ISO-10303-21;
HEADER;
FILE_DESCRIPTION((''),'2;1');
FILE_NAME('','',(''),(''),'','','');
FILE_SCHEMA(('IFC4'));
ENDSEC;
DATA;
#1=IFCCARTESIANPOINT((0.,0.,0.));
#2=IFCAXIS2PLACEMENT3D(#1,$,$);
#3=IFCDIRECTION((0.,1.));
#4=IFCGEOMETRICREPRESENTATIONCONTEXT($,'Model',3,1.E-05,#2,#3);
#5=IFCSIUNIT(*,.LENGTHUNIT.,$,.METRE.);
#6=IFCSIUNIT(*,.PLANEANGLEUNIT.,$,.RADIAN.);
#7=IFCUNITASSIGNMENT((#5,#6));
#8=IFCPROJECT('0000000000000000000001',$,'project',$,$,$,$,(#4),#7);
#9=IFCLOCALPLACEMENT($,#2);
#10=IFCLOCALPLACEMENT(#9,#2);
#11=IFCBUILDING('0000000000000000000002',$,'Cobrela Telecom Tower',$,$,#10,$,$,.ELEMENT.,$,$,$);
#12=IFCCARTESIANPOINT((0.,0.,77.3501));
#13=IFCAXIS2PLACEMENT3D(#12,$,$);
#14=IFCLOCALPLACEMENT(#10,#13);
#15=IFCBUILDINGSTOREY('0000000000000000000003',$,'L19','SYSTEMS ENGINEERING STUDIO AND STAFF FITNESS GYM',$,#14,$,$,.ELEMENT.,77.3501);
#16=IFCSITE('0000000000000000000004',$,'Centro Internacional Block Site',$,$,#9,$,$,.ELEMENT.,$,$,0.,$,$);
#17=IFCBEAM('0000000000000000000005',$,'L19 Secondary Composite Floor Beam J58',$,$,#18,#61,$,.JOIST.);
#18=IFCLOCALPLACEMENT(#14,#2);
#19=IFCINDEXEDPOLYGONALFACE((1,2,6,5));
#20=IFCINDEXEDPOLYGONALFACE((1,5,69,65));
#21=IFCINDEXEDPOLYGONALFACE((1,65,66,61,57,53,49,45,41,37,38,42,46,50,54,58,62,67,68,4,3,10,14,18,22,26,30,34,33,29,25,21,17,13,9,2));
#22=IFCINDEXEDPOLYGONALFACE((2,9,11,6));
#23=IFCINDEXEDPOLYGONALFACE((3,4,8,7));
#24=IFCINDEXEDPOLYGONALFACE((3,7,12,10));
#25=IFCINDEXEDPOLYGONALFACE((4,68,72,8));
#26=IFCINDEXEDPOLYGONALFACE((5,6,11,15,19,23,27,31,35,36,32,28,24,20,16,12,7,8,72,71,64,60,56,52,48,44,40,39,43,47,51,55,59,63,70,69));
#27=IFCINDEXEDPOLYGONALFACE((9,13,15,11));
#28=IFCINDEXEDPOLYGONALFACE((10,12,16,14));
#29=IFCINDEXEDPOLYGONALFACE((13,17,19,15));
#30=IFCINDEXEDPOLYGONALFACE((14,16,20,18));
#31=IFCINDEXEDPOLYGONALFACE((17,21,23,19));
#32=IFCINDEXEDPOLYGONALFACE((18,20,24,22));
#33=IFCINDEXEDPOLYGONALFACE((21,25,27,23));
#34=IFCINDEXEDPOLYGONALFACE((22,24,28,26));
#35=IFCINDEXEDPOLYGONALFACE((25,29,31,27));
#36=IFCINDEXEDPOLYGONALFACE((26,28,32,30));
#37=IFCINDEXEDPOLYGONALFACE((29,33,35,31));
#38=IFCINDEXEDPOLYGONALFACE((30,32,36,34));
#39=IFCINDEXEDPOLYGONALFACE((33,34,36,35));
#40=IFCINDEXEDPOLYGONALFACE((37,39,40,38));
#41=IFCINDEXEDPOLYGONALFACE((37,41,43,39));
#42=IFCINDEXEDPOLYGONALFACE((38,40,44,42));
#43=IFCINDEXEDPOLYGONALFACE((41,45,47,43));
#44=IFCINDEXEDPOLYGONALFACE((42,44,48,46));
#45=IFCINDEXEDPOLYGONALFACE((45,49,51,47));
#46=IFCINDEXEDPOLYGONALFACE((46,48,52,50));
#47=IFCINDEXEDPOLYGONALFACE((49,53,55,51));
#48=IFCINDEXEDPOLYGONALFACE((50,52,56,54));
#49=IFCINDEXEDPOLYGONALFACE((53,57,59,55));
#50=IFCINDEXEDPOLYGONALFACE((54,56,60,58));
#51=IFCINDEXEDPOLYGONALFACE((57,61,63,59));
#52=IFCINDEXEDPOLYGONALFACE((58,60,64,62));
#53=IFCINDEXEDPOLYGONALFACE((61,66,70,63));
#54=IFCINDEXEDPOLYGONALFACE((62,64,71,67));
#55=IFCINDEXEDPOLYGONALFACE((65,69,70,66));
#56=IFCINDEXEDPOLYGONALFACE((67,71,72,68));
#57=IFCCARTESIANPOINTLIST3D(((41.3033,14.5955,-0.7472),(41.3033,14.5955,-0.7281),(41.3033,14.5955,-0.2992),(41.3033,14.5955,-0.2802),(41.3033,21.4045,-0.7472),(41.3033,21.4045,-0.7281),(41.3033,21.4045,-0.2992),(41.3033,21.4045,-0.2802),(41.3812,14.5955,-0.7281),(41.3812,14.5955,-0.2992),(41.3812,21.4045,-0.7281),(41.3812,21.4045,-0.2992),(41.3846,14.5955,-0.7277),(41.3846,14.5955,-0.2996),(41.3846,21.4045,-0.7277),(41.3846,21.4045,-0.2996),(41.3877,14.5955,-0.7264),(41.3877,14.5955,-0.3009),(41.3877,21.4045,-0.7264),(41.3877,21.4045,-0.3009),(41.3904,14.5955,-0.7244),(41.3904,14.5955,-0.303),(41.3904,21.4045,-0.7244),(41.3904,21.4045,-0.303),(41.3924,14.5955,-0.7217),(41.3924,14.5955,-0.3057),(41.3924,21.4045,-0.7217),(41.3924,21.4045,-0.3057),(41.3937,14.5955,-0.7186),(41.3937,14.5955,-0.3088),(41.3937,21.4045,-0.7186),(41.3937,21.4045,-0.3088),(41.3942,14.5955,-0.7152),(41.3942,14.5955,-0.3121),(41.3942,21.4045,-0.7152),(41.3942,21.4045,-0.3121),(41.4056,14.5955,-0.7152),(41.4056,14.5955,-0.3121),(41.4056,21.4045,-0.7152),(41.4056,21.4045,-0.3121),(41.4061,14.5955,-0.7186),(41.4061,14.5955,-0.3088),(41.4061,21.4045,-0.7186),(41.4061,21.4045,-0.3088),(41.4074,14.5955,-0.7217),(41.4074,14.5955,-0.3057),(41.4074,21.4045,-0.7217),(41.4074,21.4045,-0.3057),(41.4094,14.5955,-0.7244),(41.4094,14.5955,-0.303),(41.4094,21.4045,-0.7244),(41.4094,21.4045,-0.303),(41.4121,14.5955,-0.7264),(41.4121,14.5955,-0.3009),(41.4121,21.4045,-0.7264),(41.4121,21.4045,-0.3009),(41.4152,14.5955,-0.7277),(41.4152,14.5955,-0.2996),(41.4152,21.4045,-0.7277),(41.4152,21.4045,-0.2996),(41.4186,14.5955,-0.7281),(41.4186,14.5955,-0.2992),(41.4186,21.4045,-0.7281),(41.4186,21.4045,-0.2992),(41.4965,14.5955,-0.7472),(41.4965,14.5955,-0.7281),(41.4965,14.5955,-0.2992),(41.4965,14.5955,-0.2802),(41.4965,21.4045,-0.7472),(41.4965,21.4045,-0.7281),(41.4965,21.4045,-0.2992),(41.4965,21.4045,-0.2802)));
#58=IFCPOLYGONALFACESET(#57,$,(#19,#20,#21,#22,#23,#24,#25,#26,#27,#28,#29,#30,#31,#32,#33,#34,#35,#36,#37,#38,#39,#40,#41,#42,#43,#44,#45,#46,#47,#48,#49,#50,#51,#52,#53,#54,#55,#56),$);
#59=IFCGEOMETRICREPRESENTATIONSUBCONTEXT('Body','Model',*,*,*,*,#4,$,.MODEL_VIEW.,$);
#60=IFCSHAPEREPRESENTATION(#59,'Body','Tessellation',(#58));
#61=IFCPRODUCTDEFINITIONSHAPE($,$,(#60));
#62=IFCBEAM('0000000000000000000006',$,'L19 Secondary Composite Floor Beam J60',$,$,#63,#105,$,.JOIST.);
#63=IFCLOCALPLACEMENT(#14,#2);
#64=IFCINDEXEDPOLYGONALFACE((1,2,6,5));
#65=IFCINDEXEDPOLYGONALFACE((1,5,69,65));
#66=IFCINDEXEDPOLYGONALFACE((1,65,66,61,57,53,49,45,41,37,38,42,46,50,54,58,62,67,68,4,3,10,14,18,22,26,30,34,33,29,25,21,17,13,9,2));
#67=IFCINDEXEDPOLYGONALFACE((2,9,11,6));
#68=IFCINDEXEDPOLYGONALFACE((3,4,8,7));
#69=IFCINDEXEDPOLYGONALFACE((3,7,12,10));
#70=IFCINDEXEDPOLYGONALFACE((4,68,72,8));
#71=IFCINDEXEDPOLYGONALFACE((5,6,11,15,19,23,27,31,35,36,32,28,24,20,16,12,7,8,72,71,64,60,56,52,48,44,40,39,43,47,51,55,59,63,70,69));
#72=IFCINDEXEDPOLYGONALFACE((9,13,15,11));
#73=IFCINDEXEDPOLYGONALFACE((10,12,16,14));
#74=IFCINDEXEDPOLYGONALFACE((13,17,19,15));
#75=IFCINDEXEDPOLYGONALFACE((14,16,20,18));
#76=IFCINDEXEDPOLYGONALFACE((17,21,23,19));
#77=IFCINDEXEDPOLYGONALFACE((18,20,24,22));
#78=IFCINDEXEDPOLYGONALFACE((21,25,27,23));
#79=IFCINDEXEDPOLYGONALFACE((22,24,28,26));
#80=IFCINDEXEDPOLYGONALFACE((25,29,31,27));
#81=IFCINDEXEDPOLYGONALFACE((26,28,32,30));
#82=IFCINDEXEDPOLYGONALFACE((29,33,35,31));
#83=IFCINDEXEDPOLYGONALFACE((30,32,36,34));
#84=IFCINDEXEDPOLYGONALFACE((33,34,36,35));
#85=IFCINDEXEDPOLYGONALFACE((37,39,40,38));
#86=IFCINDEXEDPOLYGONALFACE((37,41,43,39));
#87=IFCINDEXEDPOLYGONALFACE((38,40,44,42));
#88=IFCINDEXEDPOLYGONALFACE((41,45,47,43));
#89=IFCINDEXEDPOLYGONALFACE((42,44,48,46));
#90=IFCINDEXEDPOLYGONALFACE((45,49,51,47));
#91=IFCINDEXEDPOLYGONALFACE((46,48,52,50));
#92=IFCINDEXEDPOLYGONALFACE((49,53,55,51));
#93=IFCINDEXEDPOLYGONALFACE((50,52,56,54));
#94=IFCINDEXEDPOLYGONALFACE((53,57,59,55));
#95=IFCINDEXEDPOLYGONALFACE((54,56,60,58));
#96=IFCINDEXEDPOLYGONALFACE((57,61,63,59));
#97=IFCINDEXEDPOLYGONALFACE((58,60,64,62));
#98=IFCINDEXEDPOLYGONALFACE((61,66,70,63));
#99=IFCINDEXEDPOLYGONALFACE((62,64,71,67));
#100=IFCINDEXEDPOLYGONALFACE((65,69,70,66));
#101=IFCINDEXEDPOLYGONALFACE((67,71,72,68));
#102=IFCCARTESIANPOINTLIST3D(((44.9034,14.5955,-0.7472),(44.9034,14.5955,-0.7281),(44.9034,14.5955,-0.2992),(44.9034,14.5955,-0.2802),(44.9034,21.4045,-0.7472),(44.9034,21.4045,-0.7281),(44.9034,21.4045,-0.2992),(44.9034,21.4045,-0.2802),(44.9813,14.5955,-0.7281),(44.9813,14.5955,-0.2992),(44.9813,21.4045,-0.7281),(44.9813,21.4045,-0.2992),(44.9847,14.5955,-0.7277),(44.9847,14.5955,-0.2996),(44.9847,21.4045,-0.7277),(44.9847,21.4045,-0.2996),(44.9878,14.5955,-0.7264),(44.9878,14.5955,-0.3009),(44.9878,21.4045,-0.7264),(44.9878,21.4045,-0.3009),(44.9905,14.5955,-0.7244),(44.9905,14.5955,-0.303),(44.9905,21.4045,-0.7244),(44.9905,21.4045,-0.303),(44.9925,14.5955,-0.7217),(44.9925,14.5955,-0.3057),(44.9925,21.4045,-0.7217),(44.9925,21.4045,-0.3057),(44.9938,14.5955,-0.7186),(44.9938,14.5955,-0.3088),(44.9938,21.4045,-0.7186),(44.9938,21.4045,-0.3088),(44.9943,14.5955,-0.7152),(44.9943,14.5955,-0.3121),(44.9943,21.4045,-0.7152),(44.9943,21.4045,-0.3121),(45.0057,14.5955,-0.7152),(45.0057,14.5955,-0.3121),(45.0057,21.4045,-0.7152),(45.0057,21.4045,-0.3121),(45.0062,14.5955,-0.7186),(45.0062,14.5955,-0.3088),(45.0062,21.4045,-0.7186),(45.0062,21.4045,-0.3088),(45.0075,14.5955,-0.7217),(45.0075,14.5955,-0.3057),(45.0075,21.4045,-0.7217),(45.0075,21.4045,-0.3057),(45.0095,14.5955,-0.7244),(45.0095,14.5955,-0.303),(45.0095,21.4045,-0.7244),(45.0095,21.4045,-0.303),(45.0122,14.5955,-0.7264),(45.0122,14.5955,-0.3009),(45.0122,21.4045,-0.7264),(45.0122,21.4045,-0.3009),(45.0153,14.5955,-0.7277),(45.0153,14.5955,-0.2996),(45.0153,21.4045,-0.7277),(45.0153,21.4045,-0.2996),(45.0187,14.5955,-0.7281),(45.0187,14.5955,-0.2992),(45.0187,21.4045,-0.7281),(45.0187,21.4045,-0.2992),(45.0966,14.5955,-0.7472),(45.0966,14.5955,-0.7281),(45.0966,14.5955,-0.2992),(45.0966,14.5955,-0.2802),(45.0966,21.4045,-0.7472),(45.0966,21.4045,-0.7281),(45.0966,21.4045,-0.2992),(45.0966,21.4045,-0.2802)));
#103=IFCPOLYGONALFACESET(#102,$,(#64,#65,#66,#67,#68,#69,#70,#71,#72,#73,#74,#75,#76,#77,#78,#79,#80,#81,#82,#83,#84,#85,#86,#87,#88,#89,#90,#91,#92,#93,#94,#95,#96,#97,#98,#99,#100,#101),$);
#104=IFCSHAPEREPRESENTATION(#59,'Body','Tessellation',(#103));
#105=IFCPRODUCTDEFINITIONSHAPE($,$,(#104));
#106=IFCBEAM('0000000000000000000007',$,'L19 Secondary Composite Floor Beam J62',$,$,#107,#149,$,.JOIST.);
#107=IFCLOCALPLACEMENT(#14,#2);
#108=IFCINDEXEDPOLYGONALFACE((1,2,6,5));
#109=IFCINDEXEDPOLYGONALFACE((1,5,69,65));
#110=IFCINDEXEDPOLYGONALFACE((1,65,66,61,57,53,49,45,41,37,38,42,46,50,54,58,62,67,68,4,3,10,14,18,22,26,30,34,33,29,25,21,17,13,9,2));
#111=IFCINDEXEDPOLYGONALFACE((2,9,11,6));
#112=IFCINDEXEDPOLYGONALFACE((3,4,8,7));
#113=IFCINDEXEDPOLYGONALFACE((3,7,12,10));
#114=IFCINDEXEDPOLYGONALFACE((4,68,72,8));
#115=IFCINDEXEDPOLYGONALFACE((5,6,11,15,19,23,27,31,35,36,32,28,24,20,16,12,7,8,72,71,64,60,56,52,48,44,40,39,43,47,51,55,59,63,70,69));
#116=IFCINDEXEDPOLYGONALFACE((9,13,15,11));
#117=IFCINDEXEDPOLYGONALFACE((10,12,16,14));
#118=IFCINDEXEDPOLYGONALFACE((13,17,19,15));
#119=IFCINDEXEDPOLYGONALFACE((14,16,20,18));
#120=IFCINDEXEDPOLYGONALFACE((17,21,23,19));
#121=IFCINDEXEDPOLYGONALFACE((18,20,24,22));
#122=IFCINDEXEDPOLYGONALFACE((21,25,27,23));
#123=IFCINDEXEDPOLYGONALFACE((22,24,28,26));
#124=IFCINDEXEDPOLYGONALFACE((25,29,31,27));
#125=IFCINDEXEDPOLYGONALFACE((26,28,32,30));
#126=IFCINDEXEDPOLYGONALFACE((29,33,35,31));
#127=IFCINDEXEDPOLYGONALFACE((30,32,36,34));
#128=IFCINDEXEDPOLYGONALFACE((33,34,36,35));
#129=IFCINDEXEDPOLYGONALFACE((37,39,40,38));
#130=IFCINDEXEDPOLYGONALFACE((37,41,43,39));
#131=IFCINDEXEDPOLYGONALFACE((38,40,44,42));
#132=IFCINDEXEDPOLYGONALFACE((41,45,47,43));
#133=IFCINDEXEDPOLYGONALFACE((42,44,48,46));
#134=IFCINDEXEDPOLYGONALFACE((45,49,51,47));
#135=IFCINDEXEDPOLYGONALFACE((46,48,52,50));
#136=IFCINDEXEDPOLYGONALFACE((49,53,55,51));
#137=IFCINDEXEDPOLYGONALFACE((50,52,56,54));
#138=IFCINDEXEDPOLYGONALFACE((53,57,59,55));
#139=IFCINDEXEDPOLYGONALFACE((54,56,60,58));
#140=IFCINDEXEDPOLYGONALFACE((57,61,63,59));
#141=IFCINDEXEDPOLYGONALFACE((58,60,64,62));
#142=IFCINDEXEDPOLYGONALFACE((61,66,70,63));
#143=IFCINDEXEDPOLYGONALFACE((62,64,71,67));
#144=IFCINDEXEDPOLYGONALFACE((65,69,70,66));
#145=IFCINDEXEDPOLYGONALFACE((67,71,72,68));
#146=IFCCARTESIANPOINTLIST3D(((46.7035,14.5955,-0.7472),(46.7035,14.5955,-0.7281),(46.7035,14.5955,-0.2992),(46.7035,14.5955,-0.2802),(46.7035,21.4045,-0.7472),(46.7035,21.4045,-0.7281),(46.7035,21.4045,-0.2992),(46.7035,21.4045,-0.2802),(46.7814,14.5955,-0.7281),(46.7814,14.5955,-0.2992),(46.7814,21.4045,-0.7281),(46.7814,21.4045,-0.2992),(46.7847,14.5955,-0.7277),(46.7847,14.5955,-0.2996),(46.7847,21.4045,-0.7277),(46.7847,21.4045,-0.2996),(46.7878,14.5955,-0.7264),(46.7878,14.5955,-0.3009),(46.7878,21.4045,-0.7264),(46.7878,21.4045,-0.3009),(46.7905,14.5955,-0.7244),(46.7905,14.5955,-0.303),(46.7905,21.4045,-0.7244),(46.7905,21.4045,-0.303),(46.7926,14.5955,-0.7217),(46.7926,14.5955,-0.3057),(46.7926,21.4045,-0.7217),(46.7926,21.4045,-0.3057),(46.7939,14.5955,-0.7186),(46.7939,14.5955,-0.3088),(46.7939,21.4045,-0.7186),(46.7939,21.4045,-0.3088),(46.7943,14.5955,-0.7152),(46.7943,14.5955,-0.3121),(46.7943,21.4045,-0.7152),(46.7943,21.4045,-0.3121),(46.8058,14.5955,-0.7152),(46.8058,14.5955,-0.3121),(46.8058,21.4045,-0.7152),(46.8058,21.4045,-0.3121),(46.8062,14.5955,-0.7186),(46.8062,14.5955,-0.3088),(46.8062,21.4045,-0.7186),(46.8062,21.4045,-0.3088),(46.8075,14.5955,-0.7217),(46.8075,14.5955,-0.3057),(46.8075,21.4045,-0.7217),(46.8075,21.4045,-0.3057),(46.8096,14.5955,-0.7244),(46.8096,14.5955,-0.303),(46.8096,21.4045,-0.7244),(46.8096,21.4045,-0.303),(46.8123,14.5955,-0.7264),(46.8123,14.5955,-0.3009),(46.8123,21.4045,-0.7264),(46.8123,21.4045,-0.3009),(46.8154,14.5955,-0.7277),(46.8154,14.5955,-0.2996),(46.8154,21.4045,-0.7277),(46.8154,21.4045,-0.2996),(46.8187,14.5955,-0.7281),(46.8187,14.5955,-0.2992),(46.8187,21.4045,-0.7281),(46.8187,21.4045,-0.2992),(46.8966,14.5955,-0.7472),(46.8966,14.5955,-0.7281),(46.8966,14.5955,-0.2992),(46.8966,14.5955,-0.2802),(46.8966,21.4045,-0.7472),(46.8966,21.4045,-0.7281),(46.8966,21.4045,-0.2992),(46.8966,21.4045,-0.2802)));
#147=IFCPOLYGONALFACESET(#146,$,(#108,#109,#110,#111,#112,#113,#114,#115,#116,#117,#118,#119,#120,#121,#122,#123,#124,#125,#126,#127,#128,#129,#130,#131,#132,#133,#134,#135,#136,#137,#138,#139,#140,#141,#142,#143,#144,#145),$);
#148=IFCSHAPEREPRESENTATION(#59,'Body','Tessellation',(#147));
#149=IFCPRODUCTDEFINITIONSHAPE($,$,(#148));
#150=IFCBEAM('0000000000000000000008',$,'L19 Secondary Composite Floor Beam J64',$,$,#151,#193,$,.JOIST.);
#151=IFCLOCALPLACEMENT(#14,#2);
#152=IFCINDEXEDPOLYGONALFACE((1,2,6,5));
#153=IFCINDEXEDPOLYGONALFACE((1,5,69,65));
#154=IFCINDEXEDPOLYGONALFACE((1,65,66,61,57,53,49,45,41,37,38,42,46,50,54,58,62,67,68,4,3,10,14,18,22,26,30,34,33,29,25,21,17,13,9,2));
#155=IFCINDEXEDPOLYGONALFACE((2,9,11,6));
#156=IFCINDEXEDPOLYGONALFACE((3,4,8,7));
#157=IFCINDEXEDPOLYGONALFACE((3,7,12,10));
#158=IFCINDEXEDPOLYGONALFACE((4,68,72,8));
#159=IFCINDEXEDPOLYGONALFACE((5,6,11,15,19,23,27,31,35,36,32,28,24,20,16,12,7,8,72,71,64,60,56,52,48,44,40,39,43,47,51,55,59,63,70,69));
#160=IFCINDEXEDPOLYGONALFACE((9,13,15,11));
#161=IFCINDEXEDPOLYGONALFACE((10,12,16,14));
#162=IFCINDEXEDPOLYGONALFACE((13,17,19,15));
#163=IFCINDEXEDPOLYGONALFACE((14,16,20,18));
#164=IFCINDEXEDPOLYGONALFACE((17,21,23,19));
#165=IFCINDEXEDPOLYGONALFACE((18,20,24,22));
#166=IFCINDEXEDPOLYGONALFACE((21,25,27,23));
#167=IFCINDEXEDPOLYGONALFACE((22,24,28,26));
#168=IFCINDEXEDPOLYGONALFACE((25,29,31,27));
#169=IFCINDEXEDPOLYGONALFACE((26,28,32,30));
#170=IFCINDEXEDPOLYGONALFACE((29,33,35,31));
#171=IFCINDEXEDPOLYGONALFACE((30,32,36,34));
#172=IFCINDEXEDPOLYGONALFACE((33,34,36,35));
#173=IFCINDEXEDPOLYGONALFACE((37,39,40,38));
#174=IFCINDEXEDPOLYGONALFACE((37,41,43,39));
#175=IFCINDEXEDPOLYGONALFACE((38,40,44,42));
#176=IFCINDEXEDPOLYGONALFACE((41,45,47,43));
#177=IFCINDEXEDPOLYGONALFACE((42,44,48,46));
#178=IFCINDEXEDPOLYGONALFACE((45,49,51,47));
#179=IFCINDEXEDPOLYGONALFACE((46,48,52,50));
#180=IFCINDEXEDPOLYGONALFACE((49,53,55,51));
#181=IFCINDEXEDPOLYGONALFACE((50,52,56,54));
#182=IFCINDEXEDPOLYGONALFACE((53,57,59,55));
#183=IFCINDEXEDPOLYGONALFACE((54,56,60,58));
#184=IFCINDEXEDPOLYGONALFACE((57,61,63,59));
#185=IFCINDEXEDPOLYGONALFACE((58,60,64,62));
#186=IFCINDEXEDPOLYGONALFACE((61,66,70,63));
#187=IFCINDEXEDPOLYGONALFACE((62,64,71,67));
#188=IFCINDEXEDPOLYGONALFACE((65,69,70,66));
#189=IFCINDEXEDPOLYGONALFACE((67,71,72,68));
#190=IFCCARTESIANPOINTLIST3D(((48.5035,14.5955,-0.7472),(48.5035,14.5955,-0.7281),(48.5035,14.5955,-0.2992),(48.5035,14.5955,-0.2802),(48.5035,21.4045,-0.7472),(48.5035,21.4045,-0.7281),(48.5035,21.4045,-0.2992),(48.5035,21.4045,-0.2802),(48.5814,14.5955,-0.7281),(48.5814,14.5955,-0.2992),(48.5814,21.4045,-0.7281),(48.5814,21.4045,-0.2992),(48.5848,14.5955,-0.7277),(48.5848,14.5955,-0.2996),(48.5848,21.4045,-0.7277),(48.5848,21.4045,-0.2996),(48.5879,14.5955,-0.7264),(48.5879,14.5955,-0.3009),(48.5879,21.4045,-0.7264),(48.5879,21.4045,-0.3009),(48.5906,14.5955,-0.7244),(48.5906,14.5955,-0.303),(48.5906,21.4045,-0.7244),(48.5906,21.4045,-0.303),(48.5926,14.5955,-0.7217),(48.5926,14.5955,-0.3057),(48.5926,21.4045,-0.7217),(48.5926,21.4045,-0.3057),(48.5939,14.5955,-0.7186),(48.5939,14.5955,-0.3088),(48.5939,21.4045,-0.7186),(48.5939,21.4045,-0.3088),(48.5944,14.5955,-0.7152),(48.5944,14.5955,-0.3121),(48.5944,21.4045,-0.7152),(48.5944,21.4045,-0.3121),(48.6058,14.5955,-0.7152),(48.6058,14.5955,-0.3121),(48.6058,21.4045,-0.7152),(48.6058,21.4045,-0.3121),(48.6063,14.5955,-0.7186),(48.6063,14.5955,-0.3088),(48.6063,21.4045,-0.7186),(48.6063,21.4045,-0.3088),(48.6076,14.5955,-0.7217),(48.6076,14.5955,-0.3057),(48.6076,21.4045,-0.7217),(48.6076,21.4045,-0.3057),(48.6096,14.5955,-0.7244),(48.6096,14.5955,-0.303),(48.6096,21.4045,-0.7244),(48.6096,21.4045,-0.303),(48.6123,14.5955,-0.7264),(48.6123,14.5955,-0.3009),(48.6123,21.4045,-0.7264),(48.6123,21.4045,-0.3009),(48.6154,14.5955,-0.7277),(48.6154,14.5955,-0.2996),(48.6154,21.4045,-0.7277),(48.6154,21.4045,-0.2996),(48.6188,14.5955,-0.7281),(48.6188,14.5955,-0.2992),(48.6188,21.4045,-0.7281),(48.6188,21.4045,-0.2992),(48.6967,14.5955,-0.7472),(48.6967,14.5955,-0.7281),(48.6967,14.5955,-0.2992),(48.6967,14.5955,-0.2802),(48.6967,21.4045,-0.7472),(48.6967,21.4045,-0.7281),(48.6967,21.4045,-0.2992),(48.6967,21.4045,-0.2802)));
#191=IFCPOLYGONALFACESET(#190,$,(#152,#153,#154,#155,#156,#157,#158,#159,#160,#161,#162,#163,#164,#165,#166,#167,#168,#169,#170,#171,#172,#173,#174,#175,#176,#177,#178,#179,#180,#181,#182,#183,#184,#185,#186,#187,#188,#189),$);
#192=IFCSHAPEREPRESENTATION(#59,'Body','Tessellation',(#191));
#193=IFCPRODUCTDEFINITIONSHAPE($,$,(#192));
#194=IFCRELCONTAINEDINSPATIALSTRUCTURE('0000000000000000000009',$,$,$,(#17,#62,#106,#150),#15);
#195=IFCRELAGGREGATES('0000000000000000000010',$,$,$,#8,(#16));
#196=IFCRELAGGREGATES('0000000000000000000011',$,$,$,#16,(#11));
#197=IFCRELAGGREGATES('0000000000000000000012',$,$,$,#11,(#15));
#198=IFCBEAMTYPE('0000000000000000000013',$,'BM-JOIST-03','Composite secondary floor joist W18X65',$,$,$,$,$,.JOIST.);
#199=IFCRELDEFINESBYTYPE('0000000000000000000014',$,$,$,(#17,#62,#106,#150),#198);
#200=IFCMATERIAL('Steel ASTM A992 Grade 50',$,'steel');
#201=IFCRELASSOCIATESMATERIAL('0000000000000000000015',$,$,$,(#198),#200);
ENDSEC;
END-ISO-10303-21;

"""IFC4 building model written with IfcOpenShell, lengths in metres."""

from ifc_helpers import new_model, si_unit, direction, frame, origin, origin_2d, place, context, subcontext, project, spatial, i_section, extrude, material, material_profile, profile_set, type_object, element, save


model = new_model("IFC4")

# Units and contexts
model_context = context("Model", 3, precision=1e-05, world=origin(), true_north=direction((0.0, 1.0)))
body_context = subcontext(model_context, "Body", "Model", "MODEL_VIEW")
ifc_project = project(units=[si_unit("LENGTHUNIT", "METRE"), si_unit("PLANEANGLEUNIT", "RADIAN")], contexts=[model_context])

# Site, building, storey
site_placement = place(None, origin())
site = spatial("IfcSite", under=ifc_project, at=site_placement, Name="Centro Internacional Block Site", CompositionType="ELEMENT", RefElevation=0.0)
building_placement = place(site_placement, origin())
building = spatial("IfcBuilding", under=site, at=building_placement, Name="Cobrela Telecom Tower", CompositionType="ELEMENT")
storey_placement = place(building_placement, frame((0.0, 0.0, 77.3501)))
storey = spatial("IfcBuildingStorey", under=building, at=storey_placement, Name="L19", Description="SYSTEMS ENGINEERING STUDIO AND STAFF FITNESS GYM", CompositionType="ELEMENT", Elevation=77.3501)

# Shared definitions
ifc_material_1 = material(Name="Steel ASTM A992 Grade 50", Category="steel")

# Beams
ifc_material_profile_1 = material_profile(ifc_material_1, i_section(OverallWidth=0.1931, OverallDepth=0.467, WebThickness=0.0115, FlangeThickness=0.019, FilletRadius=0.0129, at=origin_2d()), Name="W18X65")
ifc_profile_set_1 = profile_set([ifc_material_profile_1], Name="Steel ASTM A992 Grade 50")
beam_type_1 = type_object("IfcBeamType", Name="BM-JOIST-03", Description="Composite secondary floor joist W18X65", PredefinedType="JOIST", material=ifc_profile_set_1)
for number, where, z_axis, x_axis, name in (
    (1, (41.3999, 14.5955, -0.5137), (0.0, 1.0, 0.0), (-1.0, 0.0, 0.0), "L19 Secondary Composite Floor Beam J58"),
    (2, (45.0, 14.5955, -0.5137), (0.0, 1.0, 0.0), (-1.0, 0.0, 0.0), "L19 Secondary Composite Floor Beam J60"),
    (3, (46.8, 14.5955, -0.5137), (0.0, 1.0, 0.0), (-1.0, 0.0, 0.0), "L19 Secondary Composite Floor Beam J62"),
    (4, (48.6001, 14.5955, -0.5137), (0.0, 1.0, 0.0), (-1.0, 0.0, 0.0), "L19 Secondary Composite Floor Beam J64"),
):
    element("IfcBeam", number, at=place(storey_placement, frame(where, z_axis=z_axis, x_axis=x_axis)), inside=storey, type_object=beam_type_1, Name=name, PredefinedType="JOIST", context=body_context, shape_type="SweptSolid", body=[
        extrude(i_section(OverallWidth=0.1931, OverallDepth=0.467, WebThickness=0.0115, FlangeThickness=0.019, FilletRadius=0.0129, at=origin_2d()), origin(), (0.0, 0.0, 1.0), 6.8091),
    ])

save(model, "model.ifc")
